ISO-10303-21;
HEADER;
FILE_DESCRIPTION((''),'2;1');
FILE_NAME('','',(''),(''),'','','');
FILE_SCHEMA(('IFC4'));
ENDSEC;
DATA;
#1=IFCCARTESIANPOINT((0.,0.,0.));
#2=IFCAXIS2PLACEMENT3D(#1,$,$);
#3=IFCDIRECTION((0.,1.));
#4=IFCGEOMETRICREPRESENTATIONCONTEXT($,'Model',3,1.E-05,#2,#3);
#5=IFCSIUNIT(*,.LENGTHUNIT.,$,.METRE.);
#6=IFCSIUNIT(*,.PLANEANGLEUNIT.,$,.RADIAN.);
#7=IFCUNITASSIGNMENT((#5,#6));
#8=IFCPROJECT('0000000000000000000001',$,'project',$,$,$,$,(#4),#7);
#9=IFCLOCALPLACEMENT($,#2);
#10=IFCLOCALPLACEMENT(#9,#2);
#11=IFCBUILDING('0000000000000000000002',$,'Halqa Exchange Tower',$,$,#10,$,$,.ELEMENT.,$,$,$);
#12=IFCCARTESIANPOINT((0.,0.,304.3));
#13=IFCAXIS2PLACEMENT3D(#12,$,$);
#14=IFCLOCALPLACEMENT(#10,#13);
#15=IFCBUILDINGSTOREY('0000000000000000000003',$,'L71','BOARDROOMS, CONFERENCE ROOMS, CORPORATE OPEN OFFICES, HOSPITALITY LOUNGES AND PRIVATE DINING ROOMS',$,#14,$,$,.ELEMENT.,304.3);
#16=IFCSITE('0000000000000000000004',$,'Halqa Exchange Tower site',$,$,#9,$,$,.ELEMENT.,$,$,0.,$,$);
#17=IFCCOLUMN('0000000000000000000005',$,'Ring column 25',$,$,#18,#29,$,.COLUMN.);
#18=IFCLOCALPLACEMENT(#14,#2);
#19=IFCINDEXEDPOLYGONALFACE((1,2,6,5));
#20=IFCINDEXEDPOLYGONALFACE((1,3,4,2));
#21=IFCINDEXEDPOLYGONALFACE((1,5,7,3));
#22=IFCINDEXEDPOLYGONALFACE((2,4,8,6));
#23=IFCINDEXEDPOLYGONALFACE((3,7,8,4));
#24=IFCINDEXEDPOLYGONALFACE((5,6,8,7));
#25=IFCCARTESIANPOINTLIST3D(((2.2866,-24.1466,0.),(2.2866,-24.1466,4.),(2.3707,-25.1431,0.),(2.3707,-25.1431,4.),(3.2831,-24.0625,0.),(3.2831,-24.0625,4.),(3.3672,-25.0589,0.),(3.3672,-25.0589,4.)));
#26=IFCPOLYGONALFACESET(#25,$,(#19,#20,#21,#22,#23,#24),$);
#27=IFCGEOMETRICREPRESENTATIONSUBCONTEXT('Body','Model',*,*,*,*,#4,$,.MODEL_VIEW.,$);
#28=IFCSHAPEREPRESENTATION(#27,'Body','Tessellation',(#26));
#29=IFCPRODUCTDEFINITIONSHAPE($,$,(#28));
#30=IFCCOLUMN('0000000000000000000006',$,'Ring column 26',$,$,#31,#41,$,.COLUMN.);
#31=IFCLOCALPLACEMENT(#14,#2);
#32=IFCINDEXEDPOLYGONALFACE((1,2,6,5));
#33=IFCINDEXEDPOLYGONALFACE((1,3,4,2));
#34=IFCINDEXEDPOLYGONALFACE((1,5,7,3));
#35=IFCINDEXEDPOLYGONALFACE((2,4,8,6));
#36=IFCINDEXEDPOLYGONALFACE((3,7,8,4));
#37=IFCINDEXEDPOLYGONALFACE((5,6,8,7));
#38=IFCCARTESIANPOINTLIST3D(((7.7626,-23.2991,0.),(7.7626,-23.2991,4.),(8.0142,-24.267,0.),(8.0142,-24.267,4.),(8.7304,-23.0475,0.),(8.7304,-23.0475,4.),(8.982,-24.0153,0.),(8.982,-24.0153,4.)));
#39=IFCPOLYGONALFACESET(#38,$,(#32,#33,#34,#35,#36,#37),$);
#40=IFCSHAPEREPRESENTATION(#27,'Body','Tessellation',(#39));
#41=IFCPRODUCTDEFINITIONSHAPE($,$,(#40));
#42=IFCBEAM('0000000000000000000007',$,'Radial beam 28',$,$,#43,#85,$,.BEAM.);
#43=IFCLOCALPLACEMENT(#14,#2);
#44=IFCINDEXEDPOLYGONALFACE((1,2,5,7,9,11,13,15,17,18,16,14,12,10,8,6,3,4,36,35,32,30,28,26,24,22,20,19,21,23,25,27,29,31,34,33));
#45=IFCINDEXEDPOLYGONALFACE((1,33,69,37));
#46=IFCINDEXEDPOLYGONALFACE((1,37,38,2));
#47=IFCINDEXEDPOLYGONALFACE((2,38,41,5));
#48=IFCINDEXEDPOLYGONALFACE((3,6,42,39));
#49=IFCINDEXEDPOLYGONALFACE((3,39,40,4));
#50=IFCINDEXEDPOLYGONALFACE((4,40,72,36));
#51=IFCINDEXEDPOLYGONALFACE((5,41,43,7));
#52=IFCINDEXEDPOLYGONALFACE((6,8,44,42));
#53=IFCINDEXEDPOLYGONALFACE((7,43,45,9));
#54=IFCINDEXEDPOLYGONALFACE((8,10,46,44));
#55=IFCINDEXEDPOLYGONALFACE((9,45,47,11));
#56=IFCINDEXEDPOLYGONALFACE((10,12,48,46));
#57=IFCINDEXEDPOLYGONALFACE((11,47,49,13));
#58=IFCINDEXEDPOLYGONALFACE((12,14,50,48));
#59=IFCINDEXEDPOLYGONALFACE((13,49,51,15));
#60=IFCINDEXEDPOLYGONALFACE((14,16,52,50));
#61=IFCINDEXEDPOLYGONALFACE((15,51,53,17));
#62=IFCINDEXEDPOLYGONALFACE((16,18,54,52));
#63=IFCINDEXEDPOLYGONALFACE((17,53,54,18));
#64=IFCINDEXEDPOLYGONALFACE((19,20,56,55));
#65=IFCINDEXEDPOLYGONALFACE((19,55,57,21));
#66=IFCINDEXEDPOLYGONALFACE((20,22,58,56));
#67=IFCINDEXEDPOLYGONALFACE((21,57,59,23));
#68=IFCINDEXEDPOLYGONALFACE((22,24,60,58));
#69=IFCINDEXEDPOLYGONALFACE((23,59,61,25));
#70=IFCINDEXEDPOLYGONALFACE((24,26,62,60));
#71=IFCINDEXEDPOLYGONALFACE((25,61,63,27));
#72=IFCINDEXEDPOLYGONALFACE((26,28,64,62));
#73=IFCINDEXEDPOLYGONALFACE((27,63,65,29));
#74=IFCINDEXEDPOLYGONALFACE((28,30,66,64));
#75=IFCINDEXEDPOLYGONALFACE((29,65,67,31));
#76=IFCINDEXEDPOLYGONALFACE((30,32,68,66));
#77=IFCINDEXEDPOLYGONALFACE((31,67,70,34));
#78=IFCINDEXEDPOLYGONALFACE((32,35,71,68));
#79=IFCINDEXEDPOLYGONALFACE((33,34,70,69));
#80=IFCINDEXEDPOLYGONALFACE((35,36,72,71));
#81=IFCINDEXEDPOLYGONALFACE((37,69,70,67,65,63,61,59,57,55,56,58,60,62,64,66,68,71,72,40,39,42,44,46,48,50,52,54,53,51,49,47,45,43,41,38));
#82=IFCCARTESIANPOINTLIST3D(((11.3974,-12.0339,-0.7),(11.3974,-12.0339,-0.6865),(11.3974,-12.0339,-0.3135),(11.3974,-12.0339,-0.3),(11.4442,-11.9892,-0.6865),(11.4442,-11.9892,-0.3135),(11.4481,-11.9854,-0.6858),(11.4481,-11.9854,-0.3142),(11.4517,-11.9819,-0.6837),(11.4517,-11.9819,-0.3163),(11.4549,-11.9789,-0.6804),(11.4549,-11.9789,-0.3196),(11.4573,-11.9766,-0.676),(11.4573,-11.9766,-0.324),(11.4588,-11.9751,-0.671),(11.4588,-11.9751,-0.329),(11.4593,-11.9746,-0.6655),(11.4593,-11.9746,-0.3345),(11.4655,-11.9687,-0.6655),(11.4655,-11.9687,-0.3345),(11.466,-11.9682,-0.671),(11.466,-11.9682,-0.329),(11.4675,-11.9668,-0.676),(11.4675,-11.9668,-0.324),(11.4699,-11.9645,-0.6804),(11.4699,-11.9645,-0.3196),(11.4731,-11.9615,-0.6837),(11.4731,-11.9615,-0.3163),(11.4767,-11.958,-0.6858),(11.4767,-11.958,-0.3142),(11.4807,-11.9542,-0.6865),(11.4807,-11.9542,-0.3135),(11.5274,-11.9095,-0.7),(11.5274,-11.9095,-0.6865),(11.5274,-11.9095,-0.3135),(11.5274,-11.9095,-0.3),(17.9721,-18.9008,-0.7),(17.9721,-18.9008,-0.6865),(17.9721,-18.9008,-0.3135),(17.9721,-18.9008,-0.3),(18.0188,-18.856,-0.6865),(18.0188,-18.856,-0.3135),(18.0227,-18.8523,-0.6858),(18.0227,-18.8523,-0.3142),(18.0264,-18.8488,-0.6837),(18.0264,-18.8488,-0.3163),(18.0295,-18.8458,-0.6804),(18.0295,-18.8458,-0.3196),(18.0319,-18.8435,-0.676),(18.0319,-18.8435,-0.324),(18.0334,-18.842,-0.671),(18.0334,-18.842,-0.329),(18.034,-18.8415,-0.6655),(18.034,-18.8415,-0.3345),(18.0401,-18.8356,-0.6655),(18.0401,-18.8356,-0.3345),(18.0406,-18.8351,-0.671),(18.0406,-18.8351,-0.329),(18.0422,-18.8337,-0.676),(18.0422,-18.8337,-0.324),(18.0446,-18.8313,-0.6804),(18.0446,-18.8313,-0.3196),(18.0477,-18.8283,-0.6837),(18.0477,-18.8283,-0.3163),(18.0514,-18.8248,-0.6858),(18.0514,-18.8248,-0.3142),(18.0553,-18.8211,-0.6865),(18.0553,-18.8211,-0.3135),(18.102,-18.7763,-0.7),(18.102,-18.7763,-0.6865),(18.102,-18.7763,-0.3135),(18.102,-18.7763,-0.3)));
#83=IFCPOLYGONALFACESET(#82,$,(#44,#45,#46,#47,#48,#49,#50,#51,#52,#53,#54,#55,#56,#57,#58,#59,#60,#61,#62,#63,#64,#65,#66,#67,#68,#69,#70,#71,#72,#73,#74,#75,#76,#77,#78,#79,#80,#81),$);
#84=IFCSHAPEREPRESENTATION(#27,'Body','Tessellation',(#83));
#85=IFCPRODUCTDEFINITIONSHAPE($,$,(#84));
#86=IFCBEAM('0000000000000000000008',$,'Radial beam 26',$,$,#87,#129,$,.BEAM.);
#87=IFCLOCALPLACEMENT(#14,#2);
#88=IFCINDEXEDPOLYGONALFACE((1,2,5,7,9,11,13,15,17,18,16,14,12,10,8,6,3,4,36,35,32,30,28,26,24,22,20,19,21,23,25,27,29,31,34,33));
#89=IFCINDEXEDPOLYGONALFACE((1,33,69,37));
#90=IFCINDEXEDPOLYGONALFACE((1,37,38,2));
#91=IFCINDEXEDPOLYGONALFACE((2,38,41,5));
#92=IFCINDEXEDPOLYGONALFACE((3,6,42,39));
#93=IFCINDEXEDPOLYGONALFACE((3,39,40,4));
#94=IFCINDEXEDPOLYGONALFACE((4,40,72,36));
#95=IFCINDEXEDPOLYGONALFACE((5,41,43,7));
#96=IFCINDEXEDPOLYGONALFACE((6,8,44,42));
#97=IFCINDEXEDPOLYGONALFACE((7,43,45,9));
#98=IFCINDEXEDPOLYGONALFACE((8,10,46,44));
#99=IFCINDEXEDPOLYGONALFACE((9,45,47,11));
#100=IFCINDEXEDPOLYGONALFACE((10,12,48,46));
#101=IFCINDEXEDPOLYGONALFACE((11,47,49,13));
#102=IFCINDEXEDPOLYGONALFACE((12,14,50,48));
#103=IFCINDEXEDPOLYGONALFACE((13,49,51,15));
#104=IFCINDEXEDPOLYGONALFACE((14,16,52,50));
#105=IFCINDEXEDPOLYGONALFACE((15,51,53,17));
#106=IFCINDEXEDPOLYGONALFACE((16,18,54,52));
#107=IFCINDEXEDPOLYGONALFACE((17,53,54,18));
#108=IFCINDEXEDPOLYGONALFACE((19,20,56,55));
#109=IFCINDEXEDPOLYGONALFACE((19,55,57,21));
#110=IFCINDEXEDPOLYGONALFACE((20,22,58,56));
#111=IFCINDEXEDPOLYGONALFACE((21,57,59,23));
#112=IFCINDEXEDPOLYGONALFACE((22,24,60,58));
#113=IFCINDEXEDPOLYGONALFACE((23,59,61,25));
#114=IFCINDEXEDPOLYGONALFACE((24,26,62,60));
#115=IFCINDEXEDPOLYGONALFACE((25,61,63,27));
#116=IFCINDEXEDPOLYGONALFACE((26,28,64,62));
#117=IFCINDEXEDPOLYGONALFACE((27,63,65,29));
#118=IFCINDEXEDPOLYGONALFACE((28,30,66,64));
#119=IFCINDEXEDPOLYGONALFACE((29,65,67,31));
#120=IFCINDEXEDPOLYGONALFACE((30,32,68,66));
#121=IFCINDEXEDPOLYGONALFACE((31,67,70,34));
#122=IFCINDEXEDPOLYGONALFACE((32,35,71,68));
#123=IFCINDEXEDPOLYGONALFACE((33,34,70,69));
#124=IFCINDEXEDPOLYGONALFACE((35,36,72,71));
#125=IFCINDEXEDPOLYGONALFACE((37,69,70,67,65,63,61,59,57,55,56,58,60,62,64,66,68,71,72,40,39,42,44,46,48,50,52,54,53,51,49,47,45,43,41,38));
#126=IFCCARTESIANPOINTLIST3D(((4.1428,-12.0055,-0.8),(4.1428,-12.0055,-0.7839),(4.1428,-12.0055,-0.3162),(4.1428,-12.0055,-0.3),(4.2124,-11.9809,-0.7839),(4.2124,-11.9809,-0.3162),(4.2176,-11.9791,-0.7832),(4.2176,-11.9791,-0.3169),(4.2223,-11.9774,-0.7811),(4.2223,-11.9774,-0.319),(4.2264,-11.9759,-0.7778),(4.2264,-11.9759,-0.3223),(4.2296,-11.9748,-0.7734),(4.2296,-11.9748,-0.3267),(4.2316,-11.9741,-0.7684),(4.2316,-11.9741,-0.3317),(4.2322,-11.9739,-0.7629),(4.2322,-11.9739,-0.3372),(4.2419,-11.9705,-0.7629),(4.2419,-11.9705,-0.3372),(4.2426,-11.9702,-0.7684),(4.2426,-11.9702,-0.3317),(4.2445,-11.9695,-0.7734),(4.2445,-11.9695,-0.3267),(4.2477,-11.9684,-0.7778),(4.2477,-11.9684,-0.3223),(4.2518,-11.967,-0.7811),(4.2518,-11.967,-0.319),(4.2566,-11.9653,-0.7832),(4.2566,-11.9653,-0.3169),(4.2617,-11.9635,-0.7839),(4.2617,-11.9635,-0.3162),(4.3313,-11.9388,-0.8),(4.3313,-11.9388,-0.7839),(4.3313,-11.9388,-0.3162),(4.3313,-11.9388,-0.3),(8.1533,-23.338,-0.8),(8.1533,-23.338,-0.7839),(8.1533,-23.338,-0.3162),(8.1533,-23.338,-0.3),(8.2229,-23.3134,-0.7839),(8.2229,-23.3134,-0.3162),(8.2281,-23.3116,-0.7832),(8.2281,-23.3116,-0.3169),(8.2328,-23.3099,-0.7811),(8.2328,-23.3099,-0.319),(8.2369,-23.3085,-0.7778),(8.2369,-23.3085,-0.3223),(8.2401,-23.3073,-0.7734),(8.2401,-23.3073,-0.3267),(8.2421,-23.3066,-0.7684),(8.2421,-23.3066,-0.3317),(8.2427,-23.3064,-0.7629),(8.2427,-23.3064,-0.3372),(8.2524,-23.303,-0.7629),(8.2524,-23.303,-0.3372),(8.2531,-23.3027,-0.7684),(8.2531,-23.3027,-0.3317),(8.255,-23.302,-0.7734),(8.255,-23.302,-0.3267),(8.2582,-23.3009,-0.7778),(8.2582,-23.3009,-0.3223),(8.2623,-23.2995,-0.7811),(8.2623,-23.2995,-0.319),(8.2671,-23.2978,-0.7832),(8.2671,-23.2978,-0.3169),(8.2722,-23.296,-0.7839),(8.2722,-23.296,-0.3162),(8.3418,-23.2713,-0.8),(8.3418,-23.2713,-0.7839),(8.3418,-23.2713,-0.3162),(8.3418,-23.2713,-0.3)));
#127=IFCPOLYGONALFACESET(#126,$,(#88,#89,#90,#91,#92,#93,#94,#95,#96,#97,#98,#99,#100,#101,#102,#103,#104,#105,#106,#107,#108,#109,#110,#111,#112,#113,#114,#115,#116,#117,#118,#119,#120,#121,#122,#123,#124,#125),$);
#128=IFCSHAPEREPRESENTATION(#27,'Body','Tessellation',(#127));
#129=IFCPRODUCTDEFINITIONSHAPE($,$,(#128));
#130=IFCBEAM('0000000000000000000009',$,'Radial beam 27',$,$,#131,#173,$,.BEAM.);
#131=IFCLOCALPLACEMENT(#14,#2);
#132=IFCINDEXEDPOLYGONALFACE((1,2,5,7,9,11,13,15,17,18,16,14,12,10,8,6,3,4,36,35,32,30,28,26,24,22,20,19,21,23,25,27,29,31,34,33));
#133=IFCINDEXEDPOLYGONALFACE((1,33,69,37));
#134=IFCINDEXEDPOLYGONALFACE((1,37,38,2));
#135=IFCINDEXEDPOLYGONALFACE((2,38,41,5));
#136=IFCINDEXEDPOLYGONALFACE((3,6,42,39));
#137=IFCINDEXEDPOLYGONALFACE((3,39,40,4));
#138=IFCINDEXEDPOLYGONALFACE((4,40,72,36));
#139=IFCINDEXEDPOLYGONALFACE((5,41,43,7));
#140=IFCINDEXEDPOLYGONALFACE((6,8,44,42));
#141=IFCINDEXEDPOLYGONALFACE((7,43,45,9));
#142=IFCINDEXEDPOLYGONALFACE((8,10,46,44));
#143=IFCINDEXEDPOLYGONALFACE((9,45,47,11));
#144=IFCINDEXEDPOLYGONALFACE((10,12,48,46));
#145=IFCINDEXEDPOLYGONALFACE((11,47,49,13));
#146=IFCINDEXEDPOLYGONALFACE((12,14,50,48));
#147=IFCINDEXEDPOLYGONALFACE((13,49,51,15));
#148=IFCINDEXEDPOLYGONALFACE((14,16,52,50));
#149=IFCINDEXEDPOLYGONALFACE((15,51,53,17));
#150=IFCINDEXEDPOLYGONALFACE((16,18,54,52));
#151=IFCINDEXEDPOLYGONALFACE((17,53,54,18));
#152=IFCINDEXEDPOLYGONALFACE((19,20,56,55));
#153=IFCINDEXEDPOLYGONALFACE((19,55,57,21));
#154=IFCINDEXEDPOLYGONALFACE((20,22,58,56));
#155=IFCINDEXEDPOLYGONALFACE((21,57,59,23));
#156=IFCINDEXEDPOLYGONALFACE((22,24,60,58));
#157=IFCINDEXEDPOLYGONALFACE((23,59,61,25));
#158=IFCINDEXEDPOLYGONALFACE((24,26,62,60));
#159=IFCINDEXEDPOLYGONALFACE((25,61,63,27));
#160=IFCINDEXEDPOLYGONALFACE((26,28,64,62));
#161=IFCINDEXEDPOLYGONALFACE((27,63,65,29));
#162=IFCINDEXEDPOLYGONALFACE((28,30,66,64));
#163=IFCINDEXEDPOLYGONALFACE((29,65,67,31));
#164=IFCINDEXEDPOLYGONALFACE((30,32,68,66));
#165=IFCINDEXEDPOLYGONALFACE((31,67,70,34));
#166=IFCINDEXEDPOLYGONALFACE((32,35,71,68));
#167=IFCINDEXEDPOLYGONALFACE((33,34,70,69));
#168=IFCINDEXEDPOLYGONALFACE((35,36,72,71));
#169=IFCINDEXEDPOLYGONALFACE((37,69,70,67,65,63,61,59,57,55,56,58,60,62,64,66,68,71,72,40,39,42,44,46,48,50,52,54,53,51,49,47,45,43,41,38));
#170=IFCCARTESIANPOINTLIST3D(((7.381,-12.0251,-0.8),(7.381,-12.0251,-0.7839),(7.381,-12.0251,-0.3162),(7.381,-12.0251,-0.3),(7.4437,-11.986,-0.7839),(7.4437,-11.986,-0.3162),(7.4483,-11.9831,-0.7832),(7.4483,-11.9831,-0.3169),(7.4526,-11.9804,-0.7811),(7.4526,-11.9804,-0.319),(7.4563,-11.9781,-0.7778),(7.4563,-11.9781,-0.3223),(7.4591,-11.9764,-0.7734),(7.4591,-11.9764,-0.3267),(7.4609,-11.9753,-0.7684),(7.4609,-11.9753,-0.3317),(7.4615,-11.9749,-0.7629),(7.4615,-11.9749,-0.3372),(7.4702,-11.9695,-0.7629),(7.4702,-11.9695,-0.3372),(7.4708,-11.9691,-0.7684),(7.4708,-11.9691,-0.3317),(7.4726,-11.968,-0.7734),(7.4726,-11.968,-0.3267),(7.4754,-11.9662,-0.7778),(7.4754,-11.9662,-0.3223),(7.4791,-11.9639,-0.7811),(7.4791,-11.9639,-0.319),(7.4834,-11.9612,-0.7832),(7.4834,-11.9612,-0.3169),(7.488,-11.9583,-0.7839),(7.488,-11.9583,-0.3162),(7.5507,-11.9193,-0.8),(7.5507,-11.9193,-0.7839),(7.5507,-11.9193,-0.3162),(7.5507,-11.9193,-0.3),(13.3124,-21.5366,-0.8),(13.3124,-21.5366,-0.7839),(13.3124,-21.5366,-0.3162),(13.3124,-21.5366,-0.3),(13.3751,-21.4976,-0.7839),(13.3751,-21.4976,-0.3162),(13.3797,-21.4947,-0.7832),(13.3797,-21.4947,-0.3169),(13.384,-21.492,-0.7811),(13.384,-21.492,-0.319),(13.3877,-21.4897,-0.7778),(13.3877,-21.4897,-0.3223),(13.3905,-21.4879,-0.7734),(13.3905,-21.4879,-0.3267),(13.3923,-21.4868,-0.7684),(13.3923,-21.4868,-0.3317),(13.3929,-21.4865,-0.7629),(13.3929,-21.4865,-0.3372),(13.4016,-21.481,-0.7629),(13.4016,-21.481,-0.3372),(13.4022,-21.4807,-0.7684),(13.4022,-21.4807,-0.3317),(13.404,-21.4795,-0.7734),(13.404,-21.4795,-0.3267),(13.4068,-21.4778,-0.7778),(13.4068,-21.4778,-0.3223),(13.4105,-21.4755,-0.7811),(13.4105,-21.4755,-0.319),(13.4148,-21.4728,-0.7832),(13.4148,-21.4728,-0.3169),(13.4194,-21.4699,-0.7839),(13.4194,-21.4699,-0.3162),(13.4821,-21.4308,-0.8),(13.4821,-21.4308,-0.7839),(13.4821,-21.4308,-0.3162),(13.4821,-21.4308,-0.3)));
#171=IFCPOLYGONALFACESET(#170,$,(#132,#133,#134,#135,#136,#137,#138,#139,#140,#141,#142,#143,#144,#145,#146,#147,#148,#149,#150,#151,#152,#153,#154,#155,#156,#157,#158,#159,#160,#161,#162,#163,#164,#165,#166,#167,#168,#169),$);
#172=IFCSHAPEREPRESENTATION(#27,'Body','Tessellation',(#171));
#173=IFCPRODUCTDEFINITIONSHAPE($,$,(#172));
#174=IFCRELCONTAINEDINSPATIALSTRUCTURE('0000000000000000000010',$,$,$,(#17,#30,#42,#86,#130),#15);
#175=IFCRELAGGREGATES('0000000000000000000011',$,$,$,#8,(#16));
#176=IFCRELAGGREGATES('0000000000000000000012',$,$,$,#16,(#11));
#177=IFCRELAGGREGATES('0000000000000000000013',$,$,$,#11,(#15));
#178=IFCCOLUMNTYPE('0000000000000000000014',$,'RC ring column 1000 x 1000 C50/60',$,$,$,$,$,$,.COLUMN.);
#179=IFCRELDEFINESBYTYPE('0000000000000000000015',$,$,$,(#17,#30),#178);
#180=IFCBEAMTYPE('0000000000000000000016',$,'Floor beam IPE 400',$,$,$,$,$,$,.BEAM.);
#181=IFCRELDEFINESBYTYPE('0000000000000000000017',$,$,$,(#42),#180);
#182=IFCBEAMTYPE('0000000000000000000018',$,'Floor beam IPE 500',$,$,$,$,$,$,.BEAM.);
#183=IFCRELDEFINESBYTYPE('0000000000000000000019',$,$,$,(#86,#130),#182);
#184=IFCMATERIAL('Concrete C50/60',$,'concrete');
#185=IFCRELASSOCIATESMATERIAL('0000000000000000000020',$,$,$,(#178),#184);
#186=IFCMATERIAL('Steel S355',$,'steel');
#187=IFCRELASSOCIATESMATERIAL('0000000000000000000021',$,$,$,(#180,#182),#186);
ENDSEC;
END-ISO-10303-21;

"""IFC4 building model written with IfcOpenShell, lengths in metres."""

from ifc_helpers import new_model, si_unit, direction, frame, origin, origin_2d, place, context, subcontext, project, spatial, rectangle, i_section, extrude, material, material_profile, profile_set, type_object, element, save


model = new_model("IFC4")

# Units and contexts
model_context = context("Model", 3, precision=1e-05, world=origin(), true_north=direction((0.0, 1.0)))
body_context = subcontext(model_context, "Body", "Model", "MODEL_VIEW")
ifc_project = project(units=[si_unit("LENGTHUNIT", "METRE"), si_unit("PLANEANGLEUNIT", "RADIAN")], contexts=[model_context])

# Site, building, storey
site_placement = place(None, origin())
site = spatial("IfcSite", under=ifc_project, at=site_placement, Name="Halqa Exchange Tower site", CompositionType="ELEMENT", RefElevation=0.0)
building_placement = place(site_placement, origin())
building = spatial("IfcBuilding", under=site, at=building_placement, Name="Halqa Exchange Tower", CompositionType="ELEMENT")
storey_placement = place(building_placement, frame((0.0, 0.0, 304.3)))
storey = spatial("IfcBuildingStorey", under=building, at=storey_placement, Name="L71", Description="BOARDROOMS, CONFERENCE ROOMS, CORPORATE OPEN OFFICES, HOSPITALITY LOUNGES AND PRIVATE DINING ROOMS", CompositionType="ELEMENT", Elevation=304.3)

# Columns
ifc_material_1 = material(Name="Concrete C50/60", Category="concrete")
ifc_material_profile_1 = material_profile(ifc_material_1, rectangle(XDim=1.0, YDim=1.0, at=origin_2d()), Name="1000 x 1000")
ifc_profile_set_1 = profile_set([ifc_material_profile_1], Name="Concrete C50/60")
column_type = type_object("IfcColumnType", Name="RC ring column 1000 x 1000 C50/60", PredefinedType="COLUMN", material=ifc_profile_set_1)
for number, where, z_axis, x_axis, name in (
    (1, (2.8269, -24.6028, 0.0), (0.0, 0.0, 1.0), (0.996455, 0.084125, 0.0), "Ring column 25"),
    (2, (8.3723, -23.6572, 0.0), (0.0, 0.0, 1.0), (0.96782, 0.251645, 0.0), "Ring column 26"),
):
    element("IfcColumn", number, at=place(storey_placement, frame(where, z_axis=z_axis, x_axis=x_axis)), inside=storey, type_object=column_type, Name=name, PredefinedType="COLUMN", context=body_context, shape_type="SweptSolid", body=[
        extrude(rectangle(XDim=1.0, YDim=1.0, at=origin_2d()), origin(), (0.0, 0.0, 1.0), 4.0),
    ])

# Beams
ifc_material_2 = material(Name="Steel S355", Category="steel")
ifc_material_profile_2 = material_profile(ifc_material_2, i_section(OverallWidth=0.1799, OverallDepth=0.3999, WebThickness=0.0085, FlangeThickness=0.0134, FilletRadius=0.021, at=origin_2d()), Name="IPE 400")
ifc_profile_set_2 = profile_set([ifc_material_profile_2], Name="Steel S355")
beam_type_1 = type_object("IfcBeamType", Name="Floor beam IPE 400", PredefinedType="BEAM", material=ifc_profile_set_2)
beam_1_placement = place(storey_placement, frame((11.4624, -11.9717, -0.5), z_axis=(0.69157, -0.722309, 0.0), x_axis=(0.722309, 0.69157, 0.0)))
element("IfcBeam", 3, at=beam_1_placement, inside=storey, type_object=beam_type_1, Name="Radial beam 28", PredefinedType="BEAM", context=body_context, shape_type="SweptSolid", body=[
    extrude(i_section(OverallWidth=0.1799, OverallDepth=0.3999, WebThickness=0.0085, FlangeThickness=0.0134, FilletRadius=0.021, at=origin_2d()), origin(), (0.0, 0.0, 1.0), 9.5068),
])
ifc_material_profile_3 = material_profile(ifc_material_2, i_section(OverallWidth=0.2, OverallDepth=0.5, WebThickness=0.0103, FlangeThickness=0.0161, FilletRadius=0.021, at=origin_2d()), Name="IPE 500")
ifc_profile_set_3 = profile_set([ifc_material_profile_3], Name="Steel S355")
beam_type_2 = type_object("IfcBeamType", Name="Floor beam IPE 500", PredefinedType="BEAM", material=ifc_profile_set_3)
beam_2_placement = place(storey_placement, frame((4.2371, -11.9722, -0.55), z_axis=(0.333618, -0.942708, 0.0), x_axis=(0.942708, 0.333618, 0.0)))
element("IfcBeam", 4, at=beam_2_placement, inside=storey, type_object=beam_type_2, Name="Radial beam 26", PredefinedType="BEAM", context=body_context, shape_type="SweptSolid", body=[
    extrude(i_section(OverallWidth=0.2, OverallDepth=0.5, WebThickness=0.0103, FlangeThickness=0.0161, FilletRadius=0.021, at=origin_2d()), origin(), (0.0, 0.0, 1.0), 12.0212),
])
beam_3_placement = place(storey_placement, frame((7.4658, -11.9722, -0.55), z_axis=(0.529147, -0.84853, 0.0), x_axis=(0.84853, 0.529147, 0.0)))
element("IfcBeam", 5, at=beam_3_placement, inside=storey, type_object=beam_type_2, Name="Radial beam 27", PredefinedType="BEAM", context=body_context, shape_type="SweptSolid", body=[
    extrude(i_section(OverallWidth=0.2, OverallDepth=0.5, WebThickness=0.0103, FlangeThickness=0.0161, FilletRadius=0.021, at=origin_2d()), origin(), (0.0, 0.0, 1.0), 11.2095),
])

save(model, "model.ifc")
